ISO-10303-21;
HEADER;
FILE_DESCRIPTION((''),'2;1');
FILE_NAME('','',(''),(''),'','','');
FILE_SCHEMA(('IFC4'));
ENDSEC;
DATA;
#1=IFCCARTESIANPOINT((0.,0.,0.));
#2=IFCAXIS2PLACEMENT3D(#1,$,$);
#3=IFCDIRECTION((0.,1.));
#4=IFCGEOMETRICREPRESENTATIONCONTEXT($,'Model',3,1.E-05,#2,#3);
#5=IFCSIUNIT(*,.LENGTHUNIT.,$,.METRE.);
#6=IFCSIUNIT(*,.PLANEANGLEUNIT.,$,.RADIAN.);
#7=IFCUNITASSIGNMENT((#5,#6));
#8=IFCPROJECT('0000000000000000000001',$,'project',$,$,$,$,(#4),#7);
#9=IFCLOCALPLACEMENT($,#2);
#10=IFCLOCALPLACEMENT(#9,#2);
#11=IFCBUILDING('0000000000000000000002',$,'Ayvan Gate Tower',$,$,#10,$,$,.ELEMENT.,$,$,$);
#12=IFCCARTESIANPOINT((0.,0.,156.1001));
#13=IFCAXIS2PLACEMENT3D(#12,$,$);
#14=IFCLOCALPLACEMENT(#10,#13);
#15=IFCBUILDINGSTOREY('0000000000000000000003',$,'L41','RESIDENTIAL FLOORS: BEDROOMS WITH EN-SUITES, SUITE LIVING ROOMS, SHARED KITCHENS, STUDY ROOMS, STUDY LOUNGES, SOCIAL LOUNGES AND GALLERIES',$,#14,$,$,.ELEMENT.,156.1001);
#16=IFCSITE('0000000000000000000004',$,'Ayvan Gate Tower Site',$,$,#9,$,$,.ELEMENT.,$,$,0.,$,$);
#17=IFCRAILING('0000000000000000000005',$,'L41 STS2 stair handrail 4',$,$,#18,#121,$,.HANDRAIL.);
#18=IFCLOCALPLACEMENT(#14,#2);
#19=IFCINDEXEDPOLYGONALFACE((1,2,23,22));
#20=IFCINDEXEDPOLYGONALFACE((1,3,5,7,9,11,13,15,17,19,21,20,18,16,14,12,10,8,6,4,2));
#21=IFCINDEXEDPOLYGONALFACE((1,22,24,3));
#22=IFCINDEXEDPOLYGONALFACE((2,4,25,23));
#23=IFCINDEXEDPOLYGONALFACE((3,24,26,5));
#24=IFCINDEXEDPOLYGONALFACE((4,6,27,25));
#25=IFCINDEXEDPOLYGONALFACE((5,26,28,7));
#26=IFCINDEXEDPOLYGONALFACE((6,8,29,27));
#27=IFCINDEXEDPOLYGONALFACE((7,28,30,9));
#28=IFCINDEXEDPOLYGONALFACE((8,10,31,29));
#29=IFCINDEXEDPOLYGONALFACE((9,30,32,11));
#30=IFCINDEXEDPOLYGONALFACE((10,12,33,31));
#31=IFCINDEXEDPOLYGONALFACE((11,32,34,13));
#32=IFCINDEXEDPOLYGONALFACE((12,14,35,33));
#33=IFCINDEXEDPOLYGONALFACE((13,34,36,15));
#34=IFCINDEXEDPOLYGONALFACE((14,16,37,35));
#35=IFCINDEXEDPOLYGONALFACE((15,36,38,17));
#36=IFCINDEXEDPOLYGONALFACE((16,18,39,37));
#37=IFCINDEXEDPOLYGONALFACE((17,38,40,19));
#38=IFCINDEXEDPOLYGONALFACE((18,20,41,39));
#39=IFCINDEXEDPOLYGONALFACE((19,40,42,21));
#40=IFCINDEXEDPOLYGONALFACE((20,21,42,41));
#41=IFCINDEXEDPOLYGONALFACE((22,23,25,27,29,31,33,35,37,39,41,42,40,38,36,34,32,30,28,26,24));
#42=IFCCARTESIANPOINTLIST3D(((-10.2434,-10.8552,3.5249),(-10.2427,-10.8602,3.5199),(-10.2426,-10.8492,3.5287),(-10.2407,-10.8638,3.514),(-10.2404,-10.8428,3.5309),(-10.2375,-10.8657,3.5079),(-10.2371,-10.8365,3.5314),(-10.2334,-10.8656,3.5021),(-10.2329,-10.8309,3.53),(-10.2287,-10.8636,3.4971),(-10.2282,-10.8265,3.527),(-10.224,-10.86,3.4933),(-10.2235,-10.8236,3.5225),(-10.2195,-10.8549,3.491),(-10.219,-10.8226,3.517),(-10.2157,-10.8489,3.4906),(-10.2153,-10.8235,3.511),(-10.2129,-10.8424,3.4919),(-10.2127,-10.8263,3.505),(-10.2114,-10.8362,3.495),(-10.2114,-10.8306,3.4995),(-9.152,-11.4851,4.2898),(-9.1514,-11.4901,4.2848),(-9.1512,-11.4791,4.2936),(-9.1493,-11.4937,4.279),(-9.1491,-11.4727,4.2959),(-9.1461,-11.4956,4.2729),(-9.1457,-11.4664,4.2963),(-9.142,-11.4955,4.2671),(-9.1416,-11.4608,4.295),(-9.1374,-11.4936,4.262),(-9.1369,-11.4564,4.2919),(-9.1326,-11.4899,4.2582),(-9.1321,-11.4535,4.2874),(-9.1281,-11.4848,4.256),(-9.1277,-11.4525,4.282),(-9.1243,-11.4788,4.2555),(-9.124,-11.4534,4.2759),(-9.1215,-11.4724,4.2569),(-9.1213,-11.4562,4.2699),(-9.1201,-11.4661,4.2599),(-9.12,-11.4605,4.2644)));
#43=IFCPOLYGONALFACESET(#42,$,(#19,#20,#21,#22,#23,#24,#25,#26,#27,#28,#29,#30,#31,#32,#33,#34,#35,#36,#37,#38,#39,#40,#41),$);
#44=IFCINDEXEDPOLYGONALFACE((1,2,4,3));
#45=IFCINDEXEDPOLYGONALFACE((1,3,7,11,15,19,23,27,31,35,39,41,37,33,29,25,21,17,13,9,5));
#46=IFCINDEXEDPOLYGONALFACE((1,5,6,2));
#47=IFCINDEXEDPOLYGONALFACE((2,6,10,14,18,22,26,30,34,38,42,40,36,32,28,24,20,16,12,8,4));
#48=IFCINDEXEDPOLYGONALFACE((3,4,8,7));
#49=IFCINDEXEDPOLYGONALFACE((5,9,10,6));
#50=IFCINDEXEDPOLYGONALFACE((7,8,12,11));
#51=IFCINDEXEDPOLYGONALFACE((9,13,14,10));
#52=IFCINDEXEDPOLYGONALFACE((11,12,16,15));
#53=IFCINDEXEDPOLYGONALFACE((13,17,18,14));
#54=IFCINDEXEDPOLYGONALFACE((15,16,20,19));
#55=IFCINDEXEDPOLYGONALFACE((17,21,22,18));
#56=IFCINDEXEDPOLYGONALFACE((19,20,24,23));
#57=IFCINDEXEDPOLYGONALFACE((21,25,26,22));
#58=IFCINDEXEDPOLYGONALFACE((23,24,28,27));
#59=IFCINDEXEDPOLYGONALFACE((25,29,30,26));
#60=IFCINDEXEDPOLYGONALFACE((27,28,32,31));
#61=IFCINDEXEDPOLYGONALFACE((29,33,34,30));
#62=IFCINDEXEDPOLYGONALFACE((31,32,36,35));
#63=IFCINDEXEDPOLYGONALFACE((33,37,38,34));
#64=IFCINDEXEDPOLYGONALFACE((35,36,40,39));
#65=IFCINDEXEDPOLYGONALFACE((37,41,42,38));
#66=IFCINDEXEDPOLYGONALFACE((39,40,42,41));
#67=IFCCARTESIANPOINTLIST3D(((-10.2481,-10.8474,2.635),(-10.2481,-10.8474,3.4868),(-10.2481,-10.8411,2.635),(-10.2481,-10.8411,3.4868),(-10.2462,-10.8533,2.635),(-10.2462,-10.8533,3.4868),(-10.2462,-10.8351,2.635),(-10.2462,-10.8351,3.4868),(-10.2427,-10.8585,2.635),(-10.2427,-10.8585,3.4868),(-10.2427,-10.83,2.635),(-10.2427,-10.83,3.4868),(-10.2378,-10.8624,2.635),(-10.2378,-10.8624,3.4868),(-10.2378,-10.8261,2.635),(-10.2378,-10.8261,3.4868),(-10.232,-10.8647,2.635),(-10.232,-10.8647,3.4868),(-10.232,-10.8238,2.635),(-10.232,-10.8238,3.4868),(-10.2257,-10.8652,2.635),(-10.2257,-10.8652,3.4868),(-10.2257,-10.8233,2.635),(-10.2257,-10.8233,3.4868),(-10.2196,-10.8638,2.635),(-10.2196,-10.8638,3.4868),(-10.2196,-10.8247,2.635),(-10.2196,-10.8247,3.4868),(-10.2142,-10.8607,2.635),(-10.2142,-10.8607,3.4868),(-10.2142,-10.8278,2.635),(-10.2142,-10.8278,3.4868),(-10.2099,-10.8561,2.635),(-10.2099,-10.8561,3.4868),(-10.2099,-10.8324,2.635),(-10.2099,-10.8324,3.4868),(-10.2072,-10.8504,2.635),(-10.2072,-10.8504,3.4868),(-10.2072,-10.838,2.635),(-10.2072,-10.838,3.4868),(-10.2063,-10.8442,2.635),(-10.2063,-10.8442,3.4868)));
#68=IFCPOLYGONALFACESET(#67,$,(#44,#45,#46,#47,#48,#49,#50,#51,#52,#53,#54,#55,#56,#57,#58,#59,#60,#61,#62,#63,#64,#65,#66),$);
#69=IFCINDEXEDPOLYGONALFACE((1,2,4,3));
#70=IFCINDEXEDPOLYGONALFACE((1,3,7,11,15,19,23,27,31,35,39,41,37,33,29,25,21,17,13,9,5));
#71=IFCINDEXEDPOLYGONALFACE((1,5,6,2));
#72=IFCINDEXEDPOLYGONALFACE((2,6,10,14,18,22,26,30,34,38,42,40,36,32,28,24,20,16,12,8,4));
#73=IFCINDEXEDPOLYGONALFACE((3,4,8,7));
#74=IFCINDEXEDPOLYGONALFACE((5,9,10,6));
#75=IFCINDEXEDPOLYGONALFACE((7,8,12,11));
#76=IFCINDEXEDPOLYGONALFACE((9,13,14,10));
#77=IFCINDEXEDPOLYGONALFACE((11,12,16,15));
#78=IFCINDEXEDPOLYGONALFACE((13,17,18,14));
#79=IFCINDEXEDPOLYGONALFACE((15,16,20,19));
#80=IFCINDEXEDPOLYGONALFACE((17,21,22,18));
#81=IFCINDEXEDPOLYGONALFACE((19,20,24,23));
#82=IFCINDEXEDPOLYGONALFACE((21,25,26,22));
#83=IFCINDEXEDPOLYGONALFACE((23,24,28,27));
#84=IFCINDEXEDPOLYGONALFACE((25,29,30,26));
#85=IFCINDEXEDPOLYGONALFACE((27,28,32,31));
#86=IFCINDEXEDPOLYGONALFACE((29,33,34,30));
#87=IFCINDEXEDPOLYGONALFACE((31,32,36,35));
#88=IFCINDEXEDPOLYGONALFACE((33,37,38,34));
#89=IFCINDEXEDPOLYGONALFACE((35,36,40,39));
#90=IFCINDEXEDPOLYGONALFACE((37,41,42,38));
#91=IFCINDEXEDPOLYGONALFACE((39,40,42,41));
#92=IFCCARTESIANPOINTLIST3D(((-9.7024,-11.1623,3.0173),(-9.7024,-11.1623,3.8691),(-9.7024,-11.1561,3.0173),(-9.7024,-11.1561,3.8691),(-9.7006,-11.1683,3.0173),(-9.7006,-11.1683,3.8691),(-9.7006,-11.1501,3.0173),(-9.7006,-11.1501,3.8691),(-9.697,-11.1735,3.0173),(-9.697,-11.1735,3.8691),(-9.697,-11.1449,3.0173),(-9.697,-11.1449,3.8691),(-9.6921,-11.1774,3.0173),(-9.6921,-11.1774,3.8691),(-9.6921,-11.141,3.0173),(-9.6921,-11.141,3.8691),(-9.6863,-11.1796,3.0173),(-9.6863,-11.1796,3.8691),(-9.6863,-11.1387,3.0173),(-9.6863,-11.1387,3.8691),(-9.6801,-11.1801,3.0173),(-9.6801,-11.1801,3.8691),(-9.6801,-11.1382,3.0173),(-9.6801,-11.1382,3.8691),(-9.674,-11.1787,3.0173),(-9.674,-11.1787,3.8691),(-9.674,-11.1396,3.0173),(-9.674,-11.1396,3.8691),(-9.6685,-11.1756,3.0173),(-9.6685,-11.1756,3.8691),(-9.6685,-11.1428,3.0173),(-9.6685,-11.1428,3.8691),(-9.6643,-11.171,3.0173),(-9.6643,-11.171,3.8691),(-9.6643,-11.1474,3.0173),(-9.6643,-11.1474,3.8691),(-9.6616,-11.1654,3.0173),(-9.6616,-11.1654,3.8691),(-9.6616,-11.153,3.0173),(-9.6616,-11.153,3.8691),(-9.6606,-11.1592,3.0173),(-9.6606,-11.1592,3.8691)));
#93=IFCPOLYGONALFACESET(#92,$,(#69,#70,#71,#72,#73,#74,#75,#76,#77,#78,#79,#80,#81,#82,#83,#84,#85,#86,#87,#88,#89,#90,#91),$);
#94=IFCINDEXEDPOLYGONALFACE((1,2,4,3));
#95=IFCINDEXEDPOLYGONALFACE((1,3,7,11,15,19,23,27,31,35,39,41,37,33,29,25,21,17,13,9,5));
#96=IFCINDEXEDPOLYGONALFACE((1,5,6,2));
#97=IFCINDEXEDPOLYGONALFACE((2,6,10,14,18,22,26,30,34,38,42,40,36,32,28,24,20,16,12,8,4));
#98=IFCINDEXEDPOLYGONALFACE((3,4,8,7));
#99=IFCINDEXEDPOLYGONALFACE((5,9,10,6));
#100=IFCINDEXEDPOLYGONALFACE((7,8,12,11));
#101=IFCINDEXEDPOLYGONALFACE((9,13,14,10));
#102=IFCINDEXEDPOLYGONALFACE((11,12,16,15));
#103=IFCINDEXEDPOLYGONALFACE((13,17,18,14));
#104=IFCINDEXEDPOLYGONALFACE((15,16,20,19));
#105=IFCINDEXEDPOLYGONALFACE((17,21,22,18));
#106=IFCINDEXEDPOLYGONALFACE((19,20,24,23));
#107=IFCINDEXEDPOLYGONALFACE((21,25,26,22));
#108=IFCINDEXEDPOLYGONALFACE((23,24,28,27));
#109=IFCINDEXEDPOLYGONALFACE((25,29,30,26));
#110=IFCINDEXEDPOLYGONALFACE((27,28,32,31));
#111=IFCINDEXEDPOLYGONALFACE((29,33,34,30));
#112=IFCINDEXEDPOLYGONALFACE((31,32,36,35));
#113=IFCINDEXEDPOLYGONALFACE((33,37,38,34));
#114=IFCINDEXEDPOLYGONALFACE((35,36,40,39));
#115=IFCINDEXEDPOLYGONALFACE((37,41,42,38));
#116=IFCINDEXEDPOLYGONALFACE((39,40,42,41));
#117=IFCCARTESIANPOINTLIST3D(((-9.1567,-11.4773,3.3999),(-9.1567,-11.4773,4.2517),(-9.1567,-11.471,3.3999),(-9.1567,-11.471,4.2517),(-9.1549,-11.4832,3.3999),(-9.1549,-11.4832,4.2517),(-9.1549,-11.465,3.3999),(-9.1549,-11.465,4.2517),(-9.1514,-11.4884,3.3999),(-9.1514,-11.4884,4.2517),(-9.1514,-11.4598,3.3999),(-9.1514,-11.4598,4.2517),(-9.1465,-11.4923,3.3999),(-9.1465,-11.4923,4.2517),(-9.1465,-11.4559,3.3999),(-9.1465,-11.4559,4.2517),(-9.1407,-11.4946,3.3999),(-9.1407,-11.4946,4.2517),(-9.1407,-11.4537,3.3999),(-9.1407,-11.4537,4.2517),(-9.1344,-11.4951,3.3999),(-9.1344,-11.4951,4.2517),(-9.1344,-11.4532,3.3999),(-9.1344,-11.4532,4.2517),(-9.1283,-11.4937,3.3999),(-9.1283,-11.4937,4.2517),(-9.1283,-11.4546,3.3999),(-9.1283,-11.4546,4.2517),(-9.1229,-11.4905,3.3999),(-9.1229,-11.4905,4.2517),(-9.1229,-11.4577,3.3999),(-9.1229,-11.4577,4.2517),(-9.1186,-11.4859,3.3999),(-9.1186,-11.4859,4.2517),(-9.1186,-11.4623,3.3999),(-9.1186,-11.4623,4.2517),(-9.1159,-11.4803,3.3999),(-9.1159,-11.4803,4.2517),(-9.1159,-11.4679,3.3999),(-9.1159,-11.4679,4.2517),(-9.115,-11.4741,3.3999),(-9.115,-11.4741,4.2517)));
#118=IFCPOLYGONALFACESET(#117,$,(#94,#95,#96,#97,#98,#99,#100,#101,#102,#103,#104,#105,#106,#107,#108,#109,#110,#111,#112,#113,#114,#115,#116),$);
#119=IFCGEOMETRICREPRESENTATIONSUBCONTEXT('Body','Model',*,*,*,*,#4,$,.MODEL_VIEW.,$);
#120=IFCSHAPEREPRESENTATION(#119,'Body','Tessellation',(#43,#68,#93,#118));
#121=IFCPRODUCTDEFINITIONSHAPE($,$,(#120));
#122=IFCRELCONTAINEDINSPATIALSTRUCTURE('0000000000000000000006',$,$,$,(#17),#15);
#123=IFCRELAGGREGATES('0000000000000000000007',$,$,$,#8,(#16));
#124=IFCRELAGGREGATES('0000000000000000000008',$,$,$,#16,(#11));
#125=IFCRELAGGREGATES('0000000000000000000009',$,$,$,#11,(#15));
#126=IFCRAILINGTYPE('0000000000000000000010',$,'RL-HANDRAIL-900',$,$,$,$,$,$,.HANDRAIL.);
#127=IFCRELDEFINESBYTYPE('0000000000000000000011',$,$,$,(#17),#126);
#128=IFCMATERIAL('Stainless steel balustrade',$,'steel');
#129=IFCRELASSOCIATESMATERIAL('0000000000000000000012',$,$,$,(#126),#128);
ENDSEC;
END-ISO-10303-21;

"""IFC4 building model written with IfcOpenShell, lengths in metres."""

from ifc_helpers import new_model, si_unit, direction, frame, origin, origin_2d, place, context, subcontext, project, spatial, circle, extrude, material, type_object, element, save


model = new_model("IFC4")

# Units and contexts
model_context = context("Model", 3, precision=1e-05, world=origin(), true_north=direction((0.0, 1.0)))
body_context = subcontext(model_context, "Body", "Model", "MODEL_VIEW")
ifc_project = project(units=[si_unit("LENGTHUNIT", "METRE"), si_unit("PLANEANGLEUNIT", "RADIAN")], contexts=[model_context])

# Site, building, storey
site_placement = place(None, origin())
site = spatial("IfcSite", under=ifc_project, at=site_placement, Name="Ayvan Gate Tower Site", CompositionType="ELEMENT", RefElevation=0.0)
building_placement = place(site_placement, origin())
building = spatial("IfcBuilding", under=site, at=building_placement, Name="Ayvan Gate Tower", CompositionType="ELEMENT")
storey_placement = place(building_placement, frame((0.0, 0.0, 156.1001)))
storey = spatial("IfcBuildingStorey", under=building, at=storey_placement, Name="L41", Description="RESIDENTIAL FLOORS: BEDROOMS WITH EN-SUITES, SUITE LIVING ROOMS, SHARED KITCHENS, STUDY ROOMS, STUDY LOUNGES, SOCIAL LOUNGES AND GALLERIES", CompositionType="ELEMENT", Elevation=156.1001)

# Railing
ifc_material_1 = material(Name="Stainless steel balustrade", Category="steel")
railing_type_1 = type_object("IfcRailingType", Name="RL-HANDRAIL-900", PredefinedType="HANDRAIL", material=ifc_material_1)
railing_1_placement = place(storey_placement, frame((-10.2273, -10.8442, 2.635)))
element("IfcRailing", 1, at=railing_1_placement, inside=storey, type_object=railing_type_1, Name="L41 STS2 stair handrail 4", PredefinedType="HANDRAIL", context=body_context, shape_type="SweptSolid", body=[
    extrude(circle(Radius=0.0239, at=origin_2d()), frame((0.0, 0.0, 0.876), z_axis=(0.740357, -0.42732, 0.518912), x_axis=(0.49989, 0.866089, 0.0)), (0.0, 0.0, 1.0), 1.4741),
    extrude(circle(Radius=0.021, at=origin_2d()), origin(), (0.0, 0.0, 1.0), 0.8518),
    extrude(circle(Radius=0.021, at=origin_2d()), frame((0.5457, -0.3149, 0.3823)), (0.0, 0.0, 1.0), 0.8518),
    extrude(circle(Radius=0.021, at=origin_2d()), frame((1.0913, -0.6299, 0.7649)), (0.0, 0.0, 1.0), 0.8518),
])

save(model, "model.ifc")
